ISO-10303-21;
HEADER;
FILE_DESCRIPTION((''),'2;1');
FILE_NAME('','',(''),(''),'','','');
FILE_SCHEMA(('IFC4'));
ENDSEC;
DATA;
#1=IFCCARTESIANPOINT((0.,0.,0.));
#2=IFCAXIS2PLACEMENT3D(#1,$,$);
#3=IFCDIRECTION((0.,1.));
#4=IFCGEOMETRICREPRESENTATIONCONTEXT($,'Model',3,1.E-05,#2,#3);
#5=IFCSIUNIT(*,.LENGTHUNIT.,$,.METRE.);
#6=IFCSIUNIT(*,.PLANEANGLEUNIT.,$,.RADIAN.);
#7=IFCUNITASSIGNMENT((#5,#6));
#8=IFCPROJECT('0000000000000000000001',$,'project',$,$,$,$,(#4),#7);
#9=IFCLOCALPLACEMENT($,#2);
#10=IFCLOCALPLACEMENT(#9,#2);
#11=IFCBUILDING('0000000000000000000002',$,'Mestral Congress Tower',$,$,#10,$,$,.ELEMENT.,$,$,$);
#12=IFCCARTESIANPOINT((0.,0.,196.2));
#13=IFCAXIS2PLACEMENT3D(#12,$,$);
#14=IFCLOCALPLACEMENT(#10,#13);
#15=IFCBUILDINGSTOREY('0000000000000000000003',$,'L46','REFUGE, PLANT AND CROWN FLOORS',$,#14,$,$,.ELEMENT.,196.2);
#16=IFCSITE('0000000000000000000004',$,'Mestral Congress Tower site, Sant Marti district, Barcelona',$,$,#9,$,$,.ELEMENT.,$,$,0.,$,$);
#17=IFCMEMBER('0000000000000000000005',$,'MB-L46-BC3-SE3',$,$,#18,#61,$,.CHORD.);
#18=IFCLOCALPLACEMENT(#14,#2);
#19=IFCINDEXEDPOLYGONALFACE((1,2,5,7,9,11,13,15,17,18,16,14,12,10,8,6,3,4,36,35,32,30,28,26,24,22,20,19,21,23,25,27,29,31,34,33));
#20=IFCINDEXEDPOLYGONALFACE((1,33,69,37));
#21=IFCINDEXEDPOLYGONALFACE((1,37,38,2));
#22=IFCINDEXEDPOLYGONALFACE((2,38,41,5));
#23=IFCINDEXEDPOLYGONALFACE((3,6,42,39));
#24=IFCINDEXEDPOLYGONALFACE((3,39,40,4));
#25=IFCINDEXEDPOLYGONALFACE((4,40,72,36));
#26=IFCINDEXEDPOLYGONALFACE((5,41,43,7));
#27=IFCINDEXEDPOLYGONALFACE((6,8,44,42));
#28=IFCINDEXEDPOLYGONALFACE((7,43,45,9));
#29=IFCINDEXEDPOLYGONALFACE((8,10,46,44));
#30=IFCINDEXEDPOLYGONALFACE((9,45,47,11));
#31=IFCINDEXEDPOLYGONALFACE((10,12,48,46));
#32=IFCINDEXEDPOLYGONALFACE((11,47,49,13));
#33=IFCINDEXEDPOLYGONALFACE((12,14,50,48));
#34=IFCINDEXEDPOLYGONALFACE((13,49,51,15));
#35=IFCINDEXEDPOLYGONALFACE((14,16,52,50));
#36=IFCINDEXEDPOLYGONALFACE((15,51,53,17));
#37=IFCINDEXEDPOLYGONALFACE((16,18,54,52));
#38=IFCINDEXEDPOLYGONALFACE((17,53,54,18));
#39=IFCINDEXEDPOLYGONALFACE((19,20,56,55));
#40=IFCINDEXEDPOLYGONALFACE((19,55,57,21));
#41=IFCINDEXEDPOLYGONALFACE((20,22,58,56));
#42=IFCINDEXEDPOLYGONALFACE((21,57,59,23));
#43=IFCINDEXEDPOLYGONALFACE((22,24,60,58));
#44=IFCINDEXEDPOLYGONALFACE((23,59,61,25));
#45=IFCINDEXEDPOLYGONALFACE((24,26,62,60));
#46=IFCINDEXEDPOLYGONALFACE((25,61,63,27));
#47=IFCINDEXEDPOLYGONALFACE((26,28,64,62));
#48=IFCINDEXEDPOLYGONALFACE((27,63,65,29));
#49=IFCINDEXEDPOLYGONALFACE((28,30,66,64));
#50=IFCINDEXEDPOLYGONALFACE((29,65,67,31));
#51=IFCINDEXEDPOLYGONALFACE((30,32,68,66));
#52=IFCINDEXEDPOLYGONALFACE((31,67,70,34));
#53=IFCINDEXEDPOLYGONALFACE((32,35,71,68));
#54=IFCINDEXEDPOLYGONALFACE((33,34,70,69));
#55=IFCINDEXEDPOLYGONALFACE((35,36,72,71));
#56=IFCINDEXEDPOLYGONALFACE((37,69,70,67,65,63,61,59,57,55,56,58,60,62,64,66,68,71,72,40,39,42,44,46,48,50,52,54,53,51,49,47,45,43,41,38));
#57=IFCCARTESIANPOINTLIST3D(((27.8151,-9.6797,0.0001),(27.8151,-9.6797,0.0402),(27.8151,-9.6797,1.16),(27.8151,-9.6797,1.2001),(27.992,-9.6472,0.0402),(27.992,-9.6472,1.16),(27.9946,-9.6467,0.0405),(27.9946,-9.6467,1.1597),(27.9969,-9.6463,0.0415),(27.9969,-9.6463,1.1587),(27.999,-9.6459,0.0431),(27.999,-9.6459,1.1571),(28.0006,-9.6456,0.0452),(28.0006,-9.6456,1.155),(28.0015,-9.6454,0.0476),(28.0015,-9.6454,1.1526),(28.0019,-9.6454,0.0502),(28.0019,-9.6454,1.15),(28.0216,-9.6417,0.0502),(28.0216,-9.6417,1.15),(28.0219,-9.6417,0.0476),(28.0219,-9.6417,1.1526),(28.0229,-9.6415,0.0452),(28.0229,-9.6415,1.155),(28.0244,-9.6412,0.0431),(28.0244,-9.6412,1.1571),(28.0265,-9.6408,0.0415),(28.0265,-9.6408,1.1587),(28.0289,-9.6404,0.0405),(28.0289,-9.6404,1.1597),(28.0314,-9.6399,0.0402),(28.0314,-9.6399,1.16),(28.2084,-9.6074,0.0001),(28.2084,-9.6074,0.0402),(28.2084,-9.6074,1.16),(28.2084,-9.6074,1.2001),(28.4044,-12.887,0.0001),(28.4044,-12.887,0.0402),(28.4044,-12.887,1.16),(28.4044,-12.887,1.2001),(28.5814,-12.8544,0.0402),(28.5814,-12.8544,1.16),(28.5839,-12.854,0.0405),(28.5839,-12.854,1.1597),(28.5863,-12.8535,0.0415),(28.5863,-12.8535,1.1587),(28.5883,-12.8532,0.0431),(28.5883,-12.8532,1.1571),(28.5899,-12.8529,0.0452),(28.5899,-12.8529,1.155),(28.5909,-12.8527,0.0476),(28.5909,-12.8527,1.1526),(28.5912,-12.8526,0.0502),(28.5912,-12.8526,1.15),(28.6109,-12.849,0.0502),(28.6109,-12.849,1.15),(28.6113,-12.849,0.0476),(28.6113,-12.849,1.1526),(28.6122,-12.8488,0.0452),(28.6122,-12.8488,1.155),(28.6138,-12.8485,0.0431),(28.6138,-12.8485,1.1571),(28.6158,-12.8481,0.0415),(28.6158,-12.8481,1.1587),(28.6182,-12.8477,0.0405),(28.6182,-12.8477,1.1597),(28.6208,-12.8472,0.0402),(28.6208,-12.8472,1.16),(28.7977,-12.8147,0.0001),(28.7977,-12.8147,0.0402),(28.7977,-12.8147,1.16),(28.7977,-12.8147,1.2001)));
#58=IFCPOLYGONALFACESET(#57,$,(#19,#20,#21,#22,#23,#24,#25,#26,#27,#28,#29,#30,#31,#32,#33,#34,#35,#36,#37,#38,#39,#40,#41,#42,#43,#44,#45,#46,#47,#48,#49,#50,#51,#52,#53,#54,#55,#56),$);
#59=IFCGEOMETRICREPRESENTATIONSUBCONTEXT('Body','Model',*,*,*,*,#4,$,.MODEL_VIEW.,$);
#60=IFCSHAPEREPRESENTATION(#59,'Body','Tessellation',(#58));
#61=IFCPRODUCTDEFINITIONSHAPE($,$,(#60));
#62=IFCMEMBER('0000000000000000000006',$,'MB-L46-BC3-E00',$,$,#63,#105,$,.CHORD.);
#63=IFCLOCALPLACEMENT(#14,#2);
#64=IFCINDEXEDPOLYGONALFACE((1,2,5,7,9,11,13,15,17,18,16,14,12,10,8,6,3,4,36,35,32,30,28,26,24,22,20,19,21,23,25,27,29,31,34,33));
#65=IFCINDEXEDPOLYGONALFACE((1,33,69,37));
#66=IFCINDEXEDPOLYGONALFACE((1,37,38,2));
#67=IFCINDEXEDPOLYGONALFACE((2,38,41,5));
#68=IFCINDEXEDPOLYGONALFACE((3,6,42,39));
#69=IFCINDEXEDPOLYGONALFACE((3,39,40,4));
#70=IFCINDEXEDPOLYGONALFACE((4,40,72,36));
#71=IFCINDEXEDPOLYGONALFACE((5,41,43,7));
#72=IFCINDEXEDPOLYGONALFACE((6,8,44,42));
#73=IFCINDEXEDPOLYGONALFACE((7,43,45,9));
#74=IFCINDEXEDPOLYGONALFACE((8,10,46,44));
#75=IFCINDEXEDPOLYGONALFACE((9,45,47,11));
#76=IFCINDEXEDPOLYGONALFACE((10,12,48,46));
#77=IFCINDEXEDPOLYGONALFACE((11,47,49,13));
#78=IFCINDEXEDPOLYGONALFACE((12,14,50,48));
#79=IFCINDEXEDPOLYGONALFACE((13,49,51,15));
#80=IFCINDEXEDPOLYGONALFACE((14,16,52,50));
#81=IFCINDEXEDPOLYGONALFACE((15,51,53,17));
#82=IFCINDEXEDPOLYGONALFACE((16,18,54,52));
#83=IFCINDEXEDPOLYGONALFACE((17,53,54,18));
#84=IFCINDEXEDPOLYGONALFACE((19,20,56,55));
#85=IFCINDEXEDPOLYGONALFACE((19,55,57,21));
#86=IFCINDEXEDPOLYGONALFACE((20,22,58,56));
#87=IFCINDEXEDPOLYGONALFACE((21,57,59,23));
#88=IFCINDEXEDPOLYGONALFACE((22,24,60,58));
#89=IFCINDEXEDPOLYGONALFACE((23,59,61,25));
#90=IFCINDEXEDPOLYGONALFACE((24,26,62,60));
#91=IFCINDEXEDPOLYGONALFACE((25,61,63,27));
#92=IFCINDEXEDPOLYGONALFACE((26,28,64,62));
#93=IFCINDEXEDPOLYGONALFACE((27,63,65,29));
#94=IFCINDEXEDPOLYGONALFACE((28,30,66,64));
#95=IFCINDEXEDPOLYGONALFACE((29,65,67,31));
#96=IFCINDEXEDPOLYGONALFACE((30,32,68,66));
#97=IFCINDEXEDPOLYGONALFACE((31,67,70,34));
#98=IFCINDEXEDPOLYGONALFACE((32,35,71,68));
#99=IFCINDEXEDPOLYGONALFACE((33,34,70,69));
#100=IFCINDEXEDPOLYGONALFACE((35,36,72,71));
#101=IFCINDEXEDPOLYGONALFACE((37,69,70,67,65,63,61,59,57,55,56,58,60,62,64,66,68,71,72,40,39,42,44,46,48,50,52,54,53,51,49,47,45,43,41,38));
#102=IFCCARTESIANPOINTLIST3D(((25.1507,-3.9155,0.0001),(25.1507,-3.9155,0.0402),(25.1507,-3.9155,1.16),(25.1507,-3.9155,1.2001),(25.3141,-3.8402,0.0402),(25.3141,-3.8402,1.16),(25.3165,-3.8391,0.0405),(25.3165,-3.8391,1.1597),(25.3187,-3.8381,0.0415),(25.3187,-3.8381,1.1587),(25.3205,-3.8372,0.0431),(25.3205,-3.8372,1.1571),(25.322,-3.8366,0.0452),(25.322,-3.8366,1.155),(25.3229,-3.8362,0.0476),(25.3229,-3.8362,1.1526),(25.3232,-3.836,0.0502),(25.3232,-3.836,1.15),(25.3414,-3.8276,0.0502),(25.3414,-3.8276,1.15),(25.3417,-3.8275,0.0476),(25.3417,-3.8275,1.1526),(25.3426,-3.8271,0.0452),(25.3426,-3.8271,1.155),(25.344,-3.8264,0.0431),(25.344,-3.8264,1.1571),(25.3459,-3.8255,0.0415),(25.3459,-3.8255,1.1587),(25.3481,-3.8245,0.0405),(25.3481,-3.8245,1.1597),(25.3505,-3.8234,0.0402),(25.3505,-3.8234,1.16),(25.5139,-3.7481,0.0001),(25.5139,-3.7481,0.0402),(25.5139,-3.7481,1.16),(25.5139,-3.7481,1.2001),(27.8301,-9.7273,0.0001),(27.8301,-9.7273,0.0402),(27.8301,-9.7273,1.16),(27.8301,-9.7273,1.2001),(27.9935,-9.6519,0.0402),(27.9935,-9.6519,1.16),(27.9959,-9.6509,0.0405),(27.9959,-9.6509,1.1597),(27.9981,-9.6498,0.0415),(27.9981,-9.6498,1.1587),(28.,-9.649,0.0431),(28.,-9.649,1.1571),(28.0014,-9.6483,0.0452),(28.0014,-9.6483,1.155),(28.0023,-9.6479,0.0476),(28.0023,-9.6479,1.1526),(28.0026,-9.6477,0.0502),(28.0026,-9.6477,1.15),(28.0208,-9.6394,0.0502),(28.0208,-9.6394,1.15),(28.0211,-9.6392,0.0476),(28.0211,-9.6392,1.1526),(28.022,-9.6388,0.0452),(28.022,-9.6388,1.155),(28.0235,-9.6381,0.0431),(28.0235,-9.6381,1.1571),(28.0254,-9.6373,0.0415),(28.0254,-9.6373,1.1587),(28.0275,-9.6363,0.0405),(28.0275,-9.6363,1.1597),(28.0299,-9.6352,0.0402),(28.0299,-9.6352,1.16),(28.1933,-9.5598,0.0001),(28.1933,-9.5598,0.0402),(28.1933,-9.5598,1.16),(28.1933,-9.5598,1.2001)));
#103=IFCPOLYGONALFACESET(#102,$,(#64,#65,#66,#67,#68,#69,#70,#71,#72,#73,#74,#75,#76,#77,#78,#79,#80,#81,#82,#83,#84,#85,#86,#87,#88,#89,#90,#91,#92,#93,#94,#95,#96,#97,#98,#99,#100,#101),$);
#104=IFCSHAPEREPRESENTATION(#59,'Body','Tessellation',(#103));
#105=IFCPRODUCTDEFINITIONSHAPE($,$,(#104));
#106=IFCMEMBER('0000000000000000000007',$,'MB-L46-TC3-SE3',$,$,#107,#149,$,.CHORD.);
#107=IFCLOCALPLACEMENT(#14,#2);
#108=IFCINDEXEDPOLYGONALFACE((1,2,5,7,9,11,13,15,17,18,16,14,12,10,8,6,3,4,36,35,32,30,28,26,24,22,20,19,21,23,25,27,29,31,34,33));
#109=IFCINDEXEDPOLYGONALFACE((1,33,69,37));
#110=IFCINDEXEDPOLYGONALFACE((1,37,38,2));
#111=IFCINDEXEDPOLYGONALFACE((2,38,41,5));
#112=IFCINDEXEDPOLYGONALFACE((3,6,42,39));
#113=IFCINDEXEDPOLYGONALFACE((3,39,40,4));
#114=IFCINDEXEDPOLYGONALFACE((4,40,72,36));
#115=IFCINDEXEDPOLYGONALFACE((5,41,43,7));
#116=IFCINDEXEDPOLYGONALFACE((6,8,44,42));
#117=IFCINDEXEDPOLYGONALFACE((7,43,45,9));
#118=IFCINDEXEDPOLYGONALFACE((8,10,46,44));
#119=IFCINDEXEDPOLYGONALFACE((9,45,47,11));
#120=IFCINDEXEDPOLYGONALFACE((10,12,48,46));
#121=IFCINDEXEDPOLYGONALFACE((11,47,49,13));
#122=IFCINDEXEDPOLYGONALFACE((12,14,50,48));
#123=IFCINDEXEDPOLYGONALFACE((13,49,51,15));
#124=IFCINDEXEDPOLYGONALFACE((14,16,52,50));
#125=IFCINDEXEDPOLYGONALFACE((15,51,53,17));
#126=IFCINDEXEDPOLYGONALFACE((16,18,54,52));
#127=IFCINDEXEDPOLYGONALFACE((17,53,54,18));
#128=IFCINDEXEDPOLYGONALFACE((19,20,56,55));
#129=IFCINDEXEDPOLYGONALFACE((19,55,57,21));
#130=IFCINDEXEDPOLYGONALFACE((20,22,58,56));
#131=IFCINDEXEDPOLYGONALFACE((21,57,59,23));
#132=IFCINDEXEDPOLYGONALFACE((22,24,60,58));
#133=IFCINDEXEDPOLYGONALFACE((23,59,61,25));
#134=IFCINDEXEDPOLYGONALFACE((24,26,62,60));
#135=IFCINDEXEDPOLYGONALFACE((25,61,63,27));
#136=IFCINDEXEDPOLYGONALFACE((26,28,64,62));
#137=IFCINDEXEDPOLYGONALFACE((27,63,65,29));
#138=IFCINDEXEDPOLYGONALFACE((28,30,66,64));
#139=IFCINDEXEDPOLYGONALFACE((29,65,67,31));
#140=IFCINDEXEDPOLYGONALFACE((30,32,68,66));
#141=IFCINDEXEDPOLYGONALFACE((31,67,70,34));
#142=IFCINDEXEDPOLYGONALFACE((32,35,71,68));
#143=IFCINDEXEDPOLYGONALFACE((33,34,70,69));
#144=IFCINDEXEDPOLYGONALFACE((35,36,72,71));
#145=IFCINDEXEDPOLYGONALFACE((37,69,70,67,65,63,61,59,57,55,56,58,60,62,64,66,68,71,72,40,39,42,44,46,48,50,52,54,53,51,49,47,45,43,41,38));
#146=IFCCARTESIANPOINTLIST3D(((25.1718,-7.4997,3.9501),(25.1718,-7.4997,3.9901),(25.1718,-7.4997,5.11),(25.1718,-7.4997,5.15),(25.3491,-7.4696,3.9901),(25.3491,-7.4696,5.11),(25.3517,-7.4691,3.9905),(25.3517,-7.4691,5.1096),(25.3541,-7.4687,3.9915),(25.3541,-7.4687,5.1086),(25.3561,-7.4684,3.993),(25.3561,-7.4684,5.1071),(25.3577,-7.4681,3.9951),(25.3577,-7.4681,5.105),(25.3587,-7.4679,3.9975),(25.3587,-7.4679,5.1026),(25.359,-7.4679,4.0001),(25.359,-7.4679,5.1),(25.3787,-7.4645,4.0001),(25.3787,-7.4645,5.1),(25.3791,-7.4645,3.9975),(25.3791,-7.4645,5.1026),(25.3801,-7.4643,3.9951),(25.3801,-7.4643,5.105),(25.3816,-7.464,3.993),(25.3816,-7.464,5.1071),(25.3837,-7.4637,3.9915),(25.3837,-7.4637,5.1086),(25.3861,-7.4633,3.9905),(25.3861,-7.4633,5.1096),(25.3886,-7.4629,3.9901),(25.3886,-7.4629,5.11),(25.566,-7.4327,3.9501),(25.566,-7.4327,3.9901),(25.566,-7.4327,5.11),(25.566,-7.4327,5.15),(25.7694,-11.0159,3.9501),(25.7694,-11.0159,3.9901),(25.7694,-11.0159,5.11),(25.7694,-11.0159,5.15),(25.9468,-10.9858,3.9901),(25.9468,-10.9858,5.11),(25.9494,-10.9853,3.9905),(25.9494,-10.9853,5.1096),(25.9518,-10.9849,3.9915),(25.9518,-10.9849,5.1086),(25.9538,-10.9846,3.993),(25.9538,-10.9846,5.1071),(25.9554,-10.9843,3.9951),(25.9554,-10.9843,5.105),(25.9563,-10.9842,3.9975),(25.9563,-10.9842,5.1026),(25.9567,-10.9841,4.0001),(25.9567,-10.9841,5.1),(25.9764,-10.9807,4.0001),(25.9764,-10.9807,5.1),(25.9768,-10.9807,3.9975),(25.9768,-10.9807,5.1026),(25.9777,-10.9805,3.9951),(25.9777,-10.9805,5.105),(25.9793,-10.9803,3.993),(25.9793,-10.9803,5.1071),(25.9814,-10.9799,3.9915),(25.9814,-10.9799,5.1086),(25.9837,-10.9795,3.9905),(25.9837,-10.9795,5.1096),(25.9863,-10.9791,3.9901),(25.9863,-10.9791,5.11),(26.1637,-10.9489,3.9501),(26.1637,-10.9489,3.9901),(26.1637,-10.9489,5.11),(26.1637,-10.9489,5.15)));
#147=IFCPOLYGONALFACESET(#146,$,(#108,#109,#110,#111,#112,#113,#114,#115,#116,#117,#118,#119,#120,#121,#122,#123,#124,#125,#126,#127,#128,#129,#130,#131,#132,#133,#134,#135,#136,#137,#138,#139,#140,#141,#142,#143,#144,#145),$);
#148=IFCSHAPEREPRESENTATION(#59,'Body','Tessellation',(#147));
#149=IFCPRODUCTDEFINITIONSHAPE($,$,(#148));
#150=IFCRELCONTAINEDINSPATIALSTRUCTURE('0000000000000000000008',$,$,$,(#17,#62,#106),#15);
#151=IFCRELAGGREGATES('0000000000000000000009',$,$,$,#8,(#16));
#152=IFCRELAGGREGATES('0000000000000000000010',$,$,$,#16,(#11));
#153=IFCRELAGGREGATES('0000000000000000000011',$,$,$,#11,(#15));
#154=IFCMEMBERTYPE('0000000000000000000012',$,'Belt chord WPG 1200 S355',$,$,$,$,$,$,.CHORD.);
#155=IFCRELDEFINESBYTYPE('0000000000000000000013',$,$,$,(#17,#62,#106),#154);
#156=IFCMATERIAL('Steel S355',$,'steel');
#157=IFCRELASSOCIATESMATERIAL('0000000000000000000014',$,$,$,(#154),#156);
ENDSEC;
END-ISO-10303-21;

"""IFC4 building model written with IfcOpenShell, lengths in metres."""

from ifc_helpers import new_model, si_unit, direction, frame, origin, origin_2d, place, context, subcontext, project, spatial, i_section, extrude, material, material_profile, profile_set, type_object, element, save


model = new_model("IFC4")

# Units and contexts
model_context = context("Model", 3, precision=1e-05, world=origin(), true_north=direction((0.0, 1.0)))
body_context = subcontext(model_context, "Body", "Model", "MODEL_VIEW")
ifc_project = project(units=[si_unit("LENGTHUNIT", "METRE"), si_unit("PLANEANGLEUNIT", "RADIAN")], contexts=[model_context])

# Site, building, storey
site_placement = place(None, origin())
site = spatial("IfcSite", under=ifc_project, at=site_placement, Name="Mestral Congress Tower site, Sant Marti district, Barcelona", CompositionType="ELEMENT", RefElevation=0.0)
building_placement = place(site_placement, origin())
building = spatial("IfcBuilding", under=site, at=building_placement, Name="Mestral Congress Tower", CompositionType="ELEMENT")
storey_placement = place(building_placement, frame((0.0, 0.0, 196.2)))
storey = spatial("IfcBuildingStorey", under=building, at=storey_placement, Name="L46", Description="REFUGE, PLANT AND CROWN FLOORS", CompositionType="ELEMENT", Elevation=196.2)

# Members
ifc_material_1 = material(Name="Steel S355", Category="steel")
ifc_material_profile_1 = material_profile(ifc_material_1, i_section(OverallWidth=0.3999, OverallDepth=1.2, WebThickness=0.02, FlangeThickness=0.04, FilletRadius=0.01, at=origin_2d()), Name="WPG 1200")
ifc_profile_set_1 = profile_set([ifc_material_profile_1], Name="Steel S355")
member_type_1 = type_object("IfcMemberType", Name="Belt chord WPG 1200 S355", PredefinedType="CHORD", material=ifc_profile_set_1)
member_1_placement = place(storey_placement, frame((28.6011, -12.8508, 0.6001), z_axis=(-0.18073, 0.983533, 0.0), x_axis=(-0.983533, -0.18073, 0.0)))
element("IfcMember", 1, at=member_1_placement, inside=storey, type_object=member_type_1, Name="MB-L46-BC3-SE3", PredefinedType="CHORD", context=body_context, shape_type="SweptSolid", body=[
    extrude(i_section(OverallWidth=0.3999, OverallDepth=1.2, WebThickness=0.02, FlangeThickness=0.04, FilletRadius=0.01, at=origin_2d()), origin(), (0.0, 0.0, 1.0), 3.261),
])
member_2_placement = place(storey_placement, frame((28.0117, -9.6436, 0.6001), z_axis=(-0.418683, 0.908132, 0.0), x_axis=(-0.908132, -0.418683, 0.0)))
element("IfcMember", 2, at=member_2_placement, inside=storey, type_object=member_type_1, Name="MB-L46-BC3-E00", PredefinedType="CHORD", context=body_context, shape_type="SweptSolid", body=[
    extrude(i_section(OverallWidth=0.3999, OverallDepth=1.2, WebThickness=0.02, FlangeThickness=0.04, FilletRadius=0.01, at=origin_2d()), origin(), (0.0, 0.0, 1.0), 6.3997),
])
member_3_placement = place(storey_placement, frame((25.9666, -10.9824, 4.55), z_axis=(-0.167573, 0.98586, 0.0), x_axis=(-0.98586, -0.167573, 0.0)))
element("IfcMember", 3, at=member_3_placement, inside=storey, type_object=member_type_1, Name="MB-L46-TC3-SE3", PredefinedType="CHORD", context=body_context, shape_type="SweptSolid", body=[
    extrude(i_section(OverallWidth=0.3999, OverallDepth=1.2, WebThickness=0.02, FlangeThickness=0.04, FilletRadius=0.01, at=origin_2d()), origin(), (0.0, 0.0, 1.0), 3.5667),
])

save(model, "model.ifc")
